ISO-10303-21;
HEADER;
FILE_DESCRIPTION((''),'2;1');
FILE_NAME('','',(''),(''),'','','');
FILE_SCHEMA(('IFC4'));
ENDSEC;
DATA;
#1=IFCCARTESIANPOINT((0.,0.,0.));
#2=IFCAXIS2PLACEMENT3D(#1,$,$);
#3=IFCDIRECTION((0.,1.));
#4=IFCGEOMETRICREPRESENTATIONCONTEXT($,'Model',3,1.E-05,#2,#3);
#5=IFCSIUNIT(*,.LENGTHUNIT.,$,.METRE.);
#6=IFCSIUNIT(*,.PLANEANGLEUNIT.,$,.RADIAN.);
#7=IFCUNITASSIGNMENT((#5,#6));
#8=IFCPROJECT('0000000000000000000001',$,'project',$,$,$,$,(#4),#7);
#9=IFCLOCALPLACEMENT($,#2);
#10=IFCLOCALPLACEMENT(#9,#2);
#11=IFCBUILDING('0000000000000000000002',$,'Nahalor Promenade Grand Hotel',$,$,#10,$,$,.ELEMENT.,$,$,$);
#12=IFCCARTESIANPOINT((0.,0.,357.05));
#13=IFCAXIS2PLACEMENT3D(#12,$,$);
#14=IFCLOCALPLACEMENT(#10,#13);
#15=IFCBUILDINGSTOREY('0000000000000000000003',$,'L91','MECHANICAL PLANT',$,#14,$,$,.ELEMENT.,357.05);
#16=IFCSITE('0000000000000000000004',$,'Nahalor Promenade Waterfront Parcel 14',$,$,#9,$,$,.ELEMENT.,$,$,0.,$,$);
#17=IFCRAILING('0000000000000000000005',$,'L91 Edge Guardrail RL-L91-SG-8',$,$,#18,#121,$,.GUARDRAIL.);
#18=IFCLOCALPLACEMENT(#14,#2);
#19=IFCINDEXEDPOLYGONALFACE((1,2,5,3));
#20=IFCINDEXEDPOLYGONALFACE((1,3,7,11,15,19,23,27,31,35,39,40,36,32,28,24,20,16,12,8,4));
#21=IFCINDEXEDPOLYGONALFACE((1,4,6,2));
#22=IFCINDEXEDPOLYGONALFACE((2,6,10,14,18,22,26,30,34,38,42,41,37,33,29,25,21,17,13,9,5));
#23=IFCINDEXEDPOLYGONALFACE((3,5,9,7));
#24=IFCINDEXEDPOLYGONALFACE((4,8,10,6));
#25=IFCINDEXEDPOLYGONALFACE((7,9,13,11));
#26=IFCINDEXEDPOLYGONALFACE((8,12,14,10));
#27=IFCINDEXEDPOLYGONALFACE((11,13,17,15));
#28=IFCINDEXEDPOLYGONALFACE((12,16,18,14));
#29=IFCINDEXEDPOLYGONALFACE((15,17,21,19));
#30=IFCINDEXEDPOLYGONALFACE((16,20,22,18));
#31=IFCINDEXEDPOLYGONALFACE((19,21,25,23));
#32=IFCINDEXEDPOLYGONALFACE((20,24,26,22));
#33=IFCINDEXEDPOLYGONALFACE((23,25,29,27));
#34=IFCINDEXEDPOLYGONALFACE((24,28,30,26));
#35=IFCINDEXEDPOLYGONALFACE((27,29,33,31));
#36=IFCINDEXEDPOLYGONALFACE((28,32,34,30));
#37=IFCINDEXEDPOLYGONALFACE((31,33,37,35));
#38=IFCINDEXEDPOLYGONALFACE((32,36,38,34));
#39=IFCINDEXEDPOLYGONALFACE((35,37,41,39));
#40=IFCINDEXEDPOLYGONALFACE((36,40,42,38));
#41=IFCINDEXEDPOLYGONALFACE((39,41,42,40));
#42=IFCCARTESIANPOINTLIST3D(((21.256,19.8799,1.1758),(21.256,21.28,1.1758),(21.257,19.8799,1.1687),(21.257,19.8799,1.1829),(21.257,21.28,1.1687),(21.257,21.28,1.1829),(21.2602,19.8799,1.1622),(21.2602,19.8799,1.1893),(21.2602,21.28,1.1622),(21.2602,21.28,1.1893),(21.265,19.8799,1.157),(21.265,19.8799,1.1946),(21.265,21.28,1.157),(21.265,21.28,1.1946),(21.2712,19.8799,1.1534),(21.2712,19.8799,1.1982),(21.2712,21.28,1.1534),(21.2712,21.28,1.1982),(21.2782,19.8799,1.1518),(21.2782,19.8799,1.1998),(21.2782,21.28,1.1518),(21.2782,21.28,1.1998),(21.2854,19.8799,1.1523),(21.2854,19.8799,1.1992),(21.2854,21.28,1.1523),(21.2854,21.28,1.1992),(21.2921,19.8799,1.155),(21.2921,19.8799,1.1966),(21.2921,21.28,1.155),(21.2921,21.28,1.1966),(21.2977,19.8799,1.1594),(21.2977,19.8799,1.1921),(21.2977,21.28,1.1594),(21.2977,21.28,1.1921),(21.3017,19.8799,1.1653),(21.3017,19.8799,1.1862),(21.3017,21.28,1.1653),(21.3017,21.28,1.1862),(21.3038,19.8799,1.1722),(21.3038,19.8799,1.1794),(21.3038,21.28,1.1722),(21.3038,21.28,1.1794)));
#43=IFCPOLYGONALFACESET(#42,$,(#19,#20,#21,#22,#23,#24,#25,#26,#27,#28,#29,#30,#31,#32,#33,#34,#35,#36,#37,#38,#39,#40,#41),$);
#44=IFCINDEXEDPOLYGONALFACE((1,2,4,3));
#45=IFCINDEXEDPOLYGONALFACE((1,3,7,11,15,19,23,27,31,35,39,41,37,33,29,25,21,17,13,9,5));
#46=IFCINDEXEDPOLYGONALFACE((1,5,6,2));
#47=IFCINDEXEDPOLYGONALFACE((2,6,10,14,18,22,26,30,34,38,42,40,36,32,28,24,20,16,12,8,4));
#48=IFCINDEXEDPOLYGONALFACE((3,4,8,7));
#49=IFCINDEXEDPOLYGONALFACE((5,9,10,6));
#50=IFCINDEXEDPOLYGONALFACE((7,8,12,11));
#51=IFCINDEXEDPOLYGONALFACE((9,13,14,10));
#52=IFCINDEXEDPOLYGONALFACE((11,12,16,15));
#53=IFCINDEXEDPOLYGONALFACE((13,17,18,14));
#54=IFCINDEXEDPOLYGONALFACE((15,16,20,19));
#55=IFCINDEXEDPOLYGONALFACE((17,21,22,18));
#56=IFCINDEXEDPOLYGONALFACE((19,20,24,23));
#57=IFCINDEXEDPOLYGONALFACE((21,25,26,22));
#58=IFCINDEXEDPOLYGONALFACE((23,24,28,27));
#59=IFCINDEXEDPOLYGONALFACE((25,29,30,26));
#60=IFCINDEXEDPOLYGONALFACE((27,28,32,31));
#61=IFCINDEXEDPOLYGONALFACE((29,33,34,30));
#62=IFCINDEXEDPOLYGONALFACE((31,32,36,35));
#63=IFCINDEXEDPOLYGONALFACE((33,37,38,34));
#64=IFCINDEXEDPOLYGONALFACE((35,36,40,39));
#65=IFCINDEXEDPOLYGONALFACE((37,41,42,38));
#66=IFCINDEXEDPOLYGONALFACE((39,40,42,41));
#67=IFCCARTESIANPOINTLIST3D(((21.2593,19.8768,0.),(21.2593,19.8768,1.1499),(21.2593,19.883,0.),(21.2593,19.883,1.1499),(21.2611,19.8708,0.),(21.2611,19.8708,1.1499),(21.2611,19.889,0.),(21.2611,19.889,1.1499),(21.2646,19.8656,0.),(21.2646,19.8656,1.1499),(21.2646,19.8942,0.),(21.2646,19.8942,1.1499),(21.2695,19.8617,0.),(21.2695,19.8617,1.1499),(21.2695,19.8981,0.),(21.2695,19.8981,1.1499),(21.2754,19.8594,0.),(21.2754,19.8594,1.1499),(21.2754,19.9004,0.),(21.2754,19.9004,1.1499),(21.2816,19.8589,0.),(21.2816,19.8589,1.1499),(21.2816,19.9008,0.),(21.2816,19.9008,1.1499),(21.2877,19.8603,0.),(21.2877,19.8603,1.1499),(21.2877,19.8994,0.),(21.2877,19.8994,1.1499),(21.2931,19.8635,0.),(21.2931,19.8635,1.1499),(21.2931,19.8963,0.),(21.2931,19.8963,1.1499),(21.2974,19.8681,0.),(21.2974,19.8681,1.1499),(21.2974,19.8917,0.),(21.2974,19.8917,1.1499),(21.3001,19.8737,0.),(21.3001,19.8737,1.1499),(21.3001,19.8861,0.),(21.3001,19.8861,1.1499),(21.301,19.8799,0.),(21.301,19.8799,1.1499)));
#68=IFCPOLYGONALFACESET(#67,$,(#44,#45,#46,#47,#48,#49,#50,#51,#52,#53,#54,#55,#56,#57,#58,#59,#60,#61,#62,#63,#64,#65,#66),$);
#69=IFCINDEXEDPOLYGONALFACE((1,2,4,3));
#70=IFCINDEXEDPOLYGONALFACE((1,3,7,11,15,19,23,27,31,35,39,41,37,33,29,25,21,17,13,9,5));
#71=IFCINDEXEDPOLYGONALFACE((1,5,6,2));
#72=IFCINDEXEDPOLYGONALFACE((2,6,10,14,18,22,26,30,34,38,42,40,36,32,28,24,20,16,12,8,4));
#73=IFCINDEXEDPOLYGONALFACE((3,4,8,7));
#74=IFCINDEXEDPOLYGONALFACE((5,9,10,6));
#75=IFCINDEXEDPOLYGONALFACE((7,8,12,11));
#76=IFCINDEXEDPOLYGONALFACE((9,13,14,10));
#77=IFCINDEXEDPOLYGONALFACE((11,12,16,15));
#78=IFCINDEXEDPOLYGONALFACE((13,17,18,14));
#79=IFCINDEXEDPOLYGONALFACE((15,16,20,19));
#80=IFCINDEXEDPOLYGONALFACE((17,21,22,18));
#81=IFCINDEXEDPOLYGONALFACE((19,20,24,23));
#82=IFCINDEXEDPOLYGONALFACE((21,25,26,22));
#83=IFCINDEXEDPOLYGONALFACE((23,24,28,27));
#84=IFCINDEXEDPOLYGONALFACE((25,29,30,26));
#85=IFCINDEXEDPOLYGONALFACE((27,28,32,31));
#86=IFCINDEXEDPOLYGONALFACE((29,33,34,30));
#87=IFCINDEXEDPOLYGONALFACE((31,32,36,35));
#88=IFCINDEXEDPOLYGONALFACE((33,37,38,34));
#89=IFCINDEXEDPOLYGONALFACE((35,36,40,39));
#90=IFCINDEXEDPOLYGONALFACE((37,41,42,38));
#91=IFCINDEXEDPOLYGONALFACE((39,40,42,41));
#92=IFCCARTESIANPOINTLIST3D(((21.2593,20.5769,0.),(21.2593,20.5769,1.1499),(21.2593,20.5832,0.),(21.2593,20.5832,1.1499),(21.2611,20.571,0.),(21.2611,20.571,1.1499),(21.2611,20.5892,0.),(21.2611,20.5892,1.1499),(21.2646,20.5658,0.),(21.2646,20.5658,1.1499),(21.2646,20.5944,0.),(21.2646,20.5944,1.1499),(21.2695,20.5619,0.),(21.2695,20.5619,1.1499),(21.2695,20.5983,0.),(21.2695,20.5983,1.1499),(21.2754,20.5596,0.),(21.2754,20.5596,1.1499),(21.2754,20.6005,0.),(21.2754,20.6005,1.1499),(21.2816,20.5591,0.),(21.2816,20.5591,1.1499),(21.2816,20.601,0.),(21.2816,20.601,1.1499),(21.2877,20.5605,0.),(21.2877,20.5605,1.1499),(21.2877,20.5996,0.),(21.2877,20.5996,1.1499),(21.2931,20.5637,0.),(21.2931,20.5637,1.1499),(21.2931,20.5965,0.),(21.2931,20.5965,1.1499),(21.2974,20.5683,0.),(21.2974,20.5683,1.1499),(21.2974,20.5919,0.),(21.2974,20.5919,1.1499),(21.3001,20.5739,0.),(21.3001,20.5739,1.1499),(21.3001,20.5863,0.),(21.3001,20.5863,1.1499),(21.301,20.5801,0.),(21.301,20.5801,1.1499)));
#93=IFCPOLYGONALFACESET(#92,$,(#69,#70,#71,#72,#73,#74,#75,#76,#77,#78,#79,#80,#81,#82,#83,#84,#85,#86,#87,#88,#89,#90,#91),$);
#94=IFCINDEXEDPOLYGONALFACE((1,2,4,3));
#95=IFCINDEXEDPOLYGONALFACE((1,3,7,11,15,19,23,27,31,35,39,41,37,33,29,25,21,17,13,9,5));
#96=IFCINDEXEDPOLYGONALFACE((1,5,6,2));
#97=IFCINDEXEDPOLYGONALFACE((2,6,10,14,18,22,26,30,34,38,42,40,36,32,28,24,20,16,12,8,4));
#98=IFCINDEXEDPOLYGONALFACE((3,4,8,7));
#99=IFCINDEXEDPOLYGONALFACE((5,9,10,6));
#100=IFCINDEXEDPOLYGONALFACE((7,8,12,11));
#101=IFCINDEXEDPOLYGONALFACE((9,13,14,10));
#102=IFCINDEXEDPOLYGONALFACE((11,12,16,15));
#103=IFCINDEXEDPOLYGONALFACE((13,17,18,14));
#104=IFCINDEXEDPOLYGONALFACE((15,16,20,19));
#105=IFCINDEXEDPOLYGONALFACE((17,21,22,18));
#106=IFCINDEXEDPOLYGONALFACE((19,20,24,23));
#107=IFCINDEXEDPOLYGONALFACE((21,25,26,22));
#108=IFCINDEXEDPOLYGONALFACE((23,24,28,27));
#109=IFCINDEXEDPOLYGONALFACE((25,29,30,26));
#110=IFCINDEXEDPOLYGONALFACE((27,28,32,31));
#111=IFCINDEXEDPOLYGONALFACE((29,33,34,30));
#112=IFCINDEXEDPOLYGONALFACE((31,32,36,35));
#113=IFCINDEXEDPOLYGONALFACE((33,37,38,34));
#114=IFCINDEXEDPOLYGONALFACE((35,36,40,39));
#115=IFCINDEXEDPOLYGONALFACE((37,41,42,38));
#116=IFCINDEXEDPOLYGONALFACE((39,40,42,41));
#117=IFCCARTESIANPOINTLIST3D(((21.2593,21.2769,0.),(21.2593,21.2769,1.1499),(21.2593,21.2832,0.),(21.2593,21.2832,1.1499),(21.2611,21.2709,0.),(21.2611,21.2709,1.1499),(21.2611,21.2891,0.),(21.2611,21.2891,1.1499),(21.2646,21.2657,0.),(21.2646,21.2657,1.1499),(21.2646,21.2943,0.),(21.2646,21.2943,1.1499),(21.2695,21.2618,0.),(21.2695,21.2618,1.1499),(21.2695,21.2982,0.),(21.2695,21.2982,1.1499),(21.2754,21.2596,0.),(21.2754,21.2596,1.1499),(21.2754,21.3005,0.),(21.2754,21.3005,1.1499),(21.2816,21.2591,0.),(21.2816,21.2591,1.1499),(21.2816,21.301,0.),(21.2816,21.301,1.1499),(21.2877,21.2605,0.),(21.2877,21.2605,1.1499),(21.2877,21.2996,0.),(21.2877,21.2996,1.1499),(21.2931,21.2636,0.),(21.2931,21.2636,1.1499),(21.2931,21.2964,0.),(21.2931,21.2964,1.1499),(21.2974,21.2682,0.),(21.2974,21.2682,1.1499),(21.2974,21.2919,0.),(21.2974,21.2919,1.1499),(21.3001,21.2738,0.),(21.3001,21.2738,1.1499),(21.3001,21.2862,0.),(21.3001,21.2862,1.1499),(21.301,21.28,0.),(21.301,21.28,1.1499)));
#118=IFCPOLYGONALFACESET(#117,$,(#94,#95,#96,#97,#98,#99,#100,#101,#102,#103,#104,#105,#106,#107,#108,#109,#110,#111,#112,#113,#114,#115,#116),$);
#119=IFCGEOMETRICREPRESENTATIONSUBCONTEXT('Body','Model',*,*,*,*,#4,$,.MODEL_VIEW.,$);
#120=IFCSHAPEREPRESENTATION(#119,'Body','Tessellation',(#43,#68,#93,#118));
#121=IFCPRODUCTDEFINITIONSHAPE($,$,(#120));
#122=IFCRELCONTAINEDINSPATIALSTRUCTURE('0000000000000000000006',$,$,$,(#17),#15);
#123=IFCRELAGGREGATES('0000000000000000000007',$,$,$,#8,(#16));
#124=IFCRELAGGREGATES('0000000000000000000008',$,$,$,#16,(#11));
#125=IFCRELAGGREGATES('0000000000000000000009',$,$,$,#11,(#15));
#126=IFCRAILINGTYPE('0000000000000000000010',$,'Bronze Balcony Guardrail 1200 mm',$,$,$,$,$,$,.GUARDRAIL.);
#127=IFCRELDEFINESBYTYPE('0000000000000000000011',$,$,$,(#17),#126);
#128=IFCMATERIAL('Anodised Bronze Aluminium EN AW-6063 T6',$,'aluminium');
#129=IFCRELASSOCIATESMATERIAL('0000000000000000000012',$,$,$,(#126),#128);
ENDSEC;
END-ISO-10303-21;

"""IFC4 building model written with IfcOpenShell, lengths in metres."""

from ifc_helpers import new_model, si_unit, direction, frame, origin, origin_2d, place, context, subcontext, project, spatial, circle, extrude, material, type_object, element, save


model = new_model("IFC4")

# Units and contexts
model_context = context("Model", 3, precision=1e-05, world=origin(), true_north=direction((0.0, 1.0)))
body_context = subcontext(model_context, "Body", "Model", "MODEL_VIEW")
ifc_project = project(units=[si_unit("LENGTHUNIT", "METRE"), si_unit("PLANEANGLEUNIT", "RADIAN")], contexts=[model_context])

# Site, building, storey
site_placement = place(None, origin())
site = spatial("IfcSite", under=ifc_project, at=site_placement, Name="Nahalor Promenade Waterfront Parcel 14", CompositionType="ELEMENT", RefElevation=0.0)
building_placement = place(site_placement, origin())
building = spatial("IfcBuilding", under=site, at=building_placement, Name="Nahalor Promenade Grand Hotel", CompositionType="ELEMENT")
storey_placement = place(building_placement, frame((0.0, 0.0, 357.05)))
storey = spatial("IfcBuildingStorey", under=building, at=storey_placement, Name="L91", Description="MECHANICAL PLANT", CompositionType="ELEMENT", Elevation=357.05)

# Railing
ifc_material_1 = material(Name="Anodised Bronze Aluminium EN AW-6063 T6", Category="aluminium")
railing_type_1 = type_object("IfcRailingType", Name="Bronze Balcony Guardrail 1200 mm", PredefinedType="GUARDRAIL", material=ifc_material_1)
railing_1_placement = place(storey_placement, frame((21.28, 19.8799, 0.0)))
element("IfcRailing", 1, at=railing_1_placement, inside=storey, type_object=railing_type_1, Name="L91 Edge Guardrail RL-L91-SG-8", PredefinedType="GUARDRAIL", context=body_context, shape_type="SweptSolid", body=[
    extrude(circle(Radius=0.024, at=origin_2d()), frame((0.0, 0.0, 1.1758), z_axis=(0.0, 1.0, 0.0), x_axis=(-1.0, 0.0, 0.0)), (0.0, 0.0, 1.0), 1.4001),
    extrude(circle(Radius=0.021, at=origin_2d()), origin(), (0.0, 0.0, 1.0), 1.1499),
    extrude(circle(Radius=0.021, at=origin_2d()), frame((0.0, 0.7002, 0.0)), (0.0, 0.0, 1.0), 1.1499),
    extrude(circle(Radius=0.021, at=origin_2d()), frame((0.0, 1.4001, 0.0)), (0.0, 0.0, 1.0), 1.1499),
])

save(model, "model.ifc")
